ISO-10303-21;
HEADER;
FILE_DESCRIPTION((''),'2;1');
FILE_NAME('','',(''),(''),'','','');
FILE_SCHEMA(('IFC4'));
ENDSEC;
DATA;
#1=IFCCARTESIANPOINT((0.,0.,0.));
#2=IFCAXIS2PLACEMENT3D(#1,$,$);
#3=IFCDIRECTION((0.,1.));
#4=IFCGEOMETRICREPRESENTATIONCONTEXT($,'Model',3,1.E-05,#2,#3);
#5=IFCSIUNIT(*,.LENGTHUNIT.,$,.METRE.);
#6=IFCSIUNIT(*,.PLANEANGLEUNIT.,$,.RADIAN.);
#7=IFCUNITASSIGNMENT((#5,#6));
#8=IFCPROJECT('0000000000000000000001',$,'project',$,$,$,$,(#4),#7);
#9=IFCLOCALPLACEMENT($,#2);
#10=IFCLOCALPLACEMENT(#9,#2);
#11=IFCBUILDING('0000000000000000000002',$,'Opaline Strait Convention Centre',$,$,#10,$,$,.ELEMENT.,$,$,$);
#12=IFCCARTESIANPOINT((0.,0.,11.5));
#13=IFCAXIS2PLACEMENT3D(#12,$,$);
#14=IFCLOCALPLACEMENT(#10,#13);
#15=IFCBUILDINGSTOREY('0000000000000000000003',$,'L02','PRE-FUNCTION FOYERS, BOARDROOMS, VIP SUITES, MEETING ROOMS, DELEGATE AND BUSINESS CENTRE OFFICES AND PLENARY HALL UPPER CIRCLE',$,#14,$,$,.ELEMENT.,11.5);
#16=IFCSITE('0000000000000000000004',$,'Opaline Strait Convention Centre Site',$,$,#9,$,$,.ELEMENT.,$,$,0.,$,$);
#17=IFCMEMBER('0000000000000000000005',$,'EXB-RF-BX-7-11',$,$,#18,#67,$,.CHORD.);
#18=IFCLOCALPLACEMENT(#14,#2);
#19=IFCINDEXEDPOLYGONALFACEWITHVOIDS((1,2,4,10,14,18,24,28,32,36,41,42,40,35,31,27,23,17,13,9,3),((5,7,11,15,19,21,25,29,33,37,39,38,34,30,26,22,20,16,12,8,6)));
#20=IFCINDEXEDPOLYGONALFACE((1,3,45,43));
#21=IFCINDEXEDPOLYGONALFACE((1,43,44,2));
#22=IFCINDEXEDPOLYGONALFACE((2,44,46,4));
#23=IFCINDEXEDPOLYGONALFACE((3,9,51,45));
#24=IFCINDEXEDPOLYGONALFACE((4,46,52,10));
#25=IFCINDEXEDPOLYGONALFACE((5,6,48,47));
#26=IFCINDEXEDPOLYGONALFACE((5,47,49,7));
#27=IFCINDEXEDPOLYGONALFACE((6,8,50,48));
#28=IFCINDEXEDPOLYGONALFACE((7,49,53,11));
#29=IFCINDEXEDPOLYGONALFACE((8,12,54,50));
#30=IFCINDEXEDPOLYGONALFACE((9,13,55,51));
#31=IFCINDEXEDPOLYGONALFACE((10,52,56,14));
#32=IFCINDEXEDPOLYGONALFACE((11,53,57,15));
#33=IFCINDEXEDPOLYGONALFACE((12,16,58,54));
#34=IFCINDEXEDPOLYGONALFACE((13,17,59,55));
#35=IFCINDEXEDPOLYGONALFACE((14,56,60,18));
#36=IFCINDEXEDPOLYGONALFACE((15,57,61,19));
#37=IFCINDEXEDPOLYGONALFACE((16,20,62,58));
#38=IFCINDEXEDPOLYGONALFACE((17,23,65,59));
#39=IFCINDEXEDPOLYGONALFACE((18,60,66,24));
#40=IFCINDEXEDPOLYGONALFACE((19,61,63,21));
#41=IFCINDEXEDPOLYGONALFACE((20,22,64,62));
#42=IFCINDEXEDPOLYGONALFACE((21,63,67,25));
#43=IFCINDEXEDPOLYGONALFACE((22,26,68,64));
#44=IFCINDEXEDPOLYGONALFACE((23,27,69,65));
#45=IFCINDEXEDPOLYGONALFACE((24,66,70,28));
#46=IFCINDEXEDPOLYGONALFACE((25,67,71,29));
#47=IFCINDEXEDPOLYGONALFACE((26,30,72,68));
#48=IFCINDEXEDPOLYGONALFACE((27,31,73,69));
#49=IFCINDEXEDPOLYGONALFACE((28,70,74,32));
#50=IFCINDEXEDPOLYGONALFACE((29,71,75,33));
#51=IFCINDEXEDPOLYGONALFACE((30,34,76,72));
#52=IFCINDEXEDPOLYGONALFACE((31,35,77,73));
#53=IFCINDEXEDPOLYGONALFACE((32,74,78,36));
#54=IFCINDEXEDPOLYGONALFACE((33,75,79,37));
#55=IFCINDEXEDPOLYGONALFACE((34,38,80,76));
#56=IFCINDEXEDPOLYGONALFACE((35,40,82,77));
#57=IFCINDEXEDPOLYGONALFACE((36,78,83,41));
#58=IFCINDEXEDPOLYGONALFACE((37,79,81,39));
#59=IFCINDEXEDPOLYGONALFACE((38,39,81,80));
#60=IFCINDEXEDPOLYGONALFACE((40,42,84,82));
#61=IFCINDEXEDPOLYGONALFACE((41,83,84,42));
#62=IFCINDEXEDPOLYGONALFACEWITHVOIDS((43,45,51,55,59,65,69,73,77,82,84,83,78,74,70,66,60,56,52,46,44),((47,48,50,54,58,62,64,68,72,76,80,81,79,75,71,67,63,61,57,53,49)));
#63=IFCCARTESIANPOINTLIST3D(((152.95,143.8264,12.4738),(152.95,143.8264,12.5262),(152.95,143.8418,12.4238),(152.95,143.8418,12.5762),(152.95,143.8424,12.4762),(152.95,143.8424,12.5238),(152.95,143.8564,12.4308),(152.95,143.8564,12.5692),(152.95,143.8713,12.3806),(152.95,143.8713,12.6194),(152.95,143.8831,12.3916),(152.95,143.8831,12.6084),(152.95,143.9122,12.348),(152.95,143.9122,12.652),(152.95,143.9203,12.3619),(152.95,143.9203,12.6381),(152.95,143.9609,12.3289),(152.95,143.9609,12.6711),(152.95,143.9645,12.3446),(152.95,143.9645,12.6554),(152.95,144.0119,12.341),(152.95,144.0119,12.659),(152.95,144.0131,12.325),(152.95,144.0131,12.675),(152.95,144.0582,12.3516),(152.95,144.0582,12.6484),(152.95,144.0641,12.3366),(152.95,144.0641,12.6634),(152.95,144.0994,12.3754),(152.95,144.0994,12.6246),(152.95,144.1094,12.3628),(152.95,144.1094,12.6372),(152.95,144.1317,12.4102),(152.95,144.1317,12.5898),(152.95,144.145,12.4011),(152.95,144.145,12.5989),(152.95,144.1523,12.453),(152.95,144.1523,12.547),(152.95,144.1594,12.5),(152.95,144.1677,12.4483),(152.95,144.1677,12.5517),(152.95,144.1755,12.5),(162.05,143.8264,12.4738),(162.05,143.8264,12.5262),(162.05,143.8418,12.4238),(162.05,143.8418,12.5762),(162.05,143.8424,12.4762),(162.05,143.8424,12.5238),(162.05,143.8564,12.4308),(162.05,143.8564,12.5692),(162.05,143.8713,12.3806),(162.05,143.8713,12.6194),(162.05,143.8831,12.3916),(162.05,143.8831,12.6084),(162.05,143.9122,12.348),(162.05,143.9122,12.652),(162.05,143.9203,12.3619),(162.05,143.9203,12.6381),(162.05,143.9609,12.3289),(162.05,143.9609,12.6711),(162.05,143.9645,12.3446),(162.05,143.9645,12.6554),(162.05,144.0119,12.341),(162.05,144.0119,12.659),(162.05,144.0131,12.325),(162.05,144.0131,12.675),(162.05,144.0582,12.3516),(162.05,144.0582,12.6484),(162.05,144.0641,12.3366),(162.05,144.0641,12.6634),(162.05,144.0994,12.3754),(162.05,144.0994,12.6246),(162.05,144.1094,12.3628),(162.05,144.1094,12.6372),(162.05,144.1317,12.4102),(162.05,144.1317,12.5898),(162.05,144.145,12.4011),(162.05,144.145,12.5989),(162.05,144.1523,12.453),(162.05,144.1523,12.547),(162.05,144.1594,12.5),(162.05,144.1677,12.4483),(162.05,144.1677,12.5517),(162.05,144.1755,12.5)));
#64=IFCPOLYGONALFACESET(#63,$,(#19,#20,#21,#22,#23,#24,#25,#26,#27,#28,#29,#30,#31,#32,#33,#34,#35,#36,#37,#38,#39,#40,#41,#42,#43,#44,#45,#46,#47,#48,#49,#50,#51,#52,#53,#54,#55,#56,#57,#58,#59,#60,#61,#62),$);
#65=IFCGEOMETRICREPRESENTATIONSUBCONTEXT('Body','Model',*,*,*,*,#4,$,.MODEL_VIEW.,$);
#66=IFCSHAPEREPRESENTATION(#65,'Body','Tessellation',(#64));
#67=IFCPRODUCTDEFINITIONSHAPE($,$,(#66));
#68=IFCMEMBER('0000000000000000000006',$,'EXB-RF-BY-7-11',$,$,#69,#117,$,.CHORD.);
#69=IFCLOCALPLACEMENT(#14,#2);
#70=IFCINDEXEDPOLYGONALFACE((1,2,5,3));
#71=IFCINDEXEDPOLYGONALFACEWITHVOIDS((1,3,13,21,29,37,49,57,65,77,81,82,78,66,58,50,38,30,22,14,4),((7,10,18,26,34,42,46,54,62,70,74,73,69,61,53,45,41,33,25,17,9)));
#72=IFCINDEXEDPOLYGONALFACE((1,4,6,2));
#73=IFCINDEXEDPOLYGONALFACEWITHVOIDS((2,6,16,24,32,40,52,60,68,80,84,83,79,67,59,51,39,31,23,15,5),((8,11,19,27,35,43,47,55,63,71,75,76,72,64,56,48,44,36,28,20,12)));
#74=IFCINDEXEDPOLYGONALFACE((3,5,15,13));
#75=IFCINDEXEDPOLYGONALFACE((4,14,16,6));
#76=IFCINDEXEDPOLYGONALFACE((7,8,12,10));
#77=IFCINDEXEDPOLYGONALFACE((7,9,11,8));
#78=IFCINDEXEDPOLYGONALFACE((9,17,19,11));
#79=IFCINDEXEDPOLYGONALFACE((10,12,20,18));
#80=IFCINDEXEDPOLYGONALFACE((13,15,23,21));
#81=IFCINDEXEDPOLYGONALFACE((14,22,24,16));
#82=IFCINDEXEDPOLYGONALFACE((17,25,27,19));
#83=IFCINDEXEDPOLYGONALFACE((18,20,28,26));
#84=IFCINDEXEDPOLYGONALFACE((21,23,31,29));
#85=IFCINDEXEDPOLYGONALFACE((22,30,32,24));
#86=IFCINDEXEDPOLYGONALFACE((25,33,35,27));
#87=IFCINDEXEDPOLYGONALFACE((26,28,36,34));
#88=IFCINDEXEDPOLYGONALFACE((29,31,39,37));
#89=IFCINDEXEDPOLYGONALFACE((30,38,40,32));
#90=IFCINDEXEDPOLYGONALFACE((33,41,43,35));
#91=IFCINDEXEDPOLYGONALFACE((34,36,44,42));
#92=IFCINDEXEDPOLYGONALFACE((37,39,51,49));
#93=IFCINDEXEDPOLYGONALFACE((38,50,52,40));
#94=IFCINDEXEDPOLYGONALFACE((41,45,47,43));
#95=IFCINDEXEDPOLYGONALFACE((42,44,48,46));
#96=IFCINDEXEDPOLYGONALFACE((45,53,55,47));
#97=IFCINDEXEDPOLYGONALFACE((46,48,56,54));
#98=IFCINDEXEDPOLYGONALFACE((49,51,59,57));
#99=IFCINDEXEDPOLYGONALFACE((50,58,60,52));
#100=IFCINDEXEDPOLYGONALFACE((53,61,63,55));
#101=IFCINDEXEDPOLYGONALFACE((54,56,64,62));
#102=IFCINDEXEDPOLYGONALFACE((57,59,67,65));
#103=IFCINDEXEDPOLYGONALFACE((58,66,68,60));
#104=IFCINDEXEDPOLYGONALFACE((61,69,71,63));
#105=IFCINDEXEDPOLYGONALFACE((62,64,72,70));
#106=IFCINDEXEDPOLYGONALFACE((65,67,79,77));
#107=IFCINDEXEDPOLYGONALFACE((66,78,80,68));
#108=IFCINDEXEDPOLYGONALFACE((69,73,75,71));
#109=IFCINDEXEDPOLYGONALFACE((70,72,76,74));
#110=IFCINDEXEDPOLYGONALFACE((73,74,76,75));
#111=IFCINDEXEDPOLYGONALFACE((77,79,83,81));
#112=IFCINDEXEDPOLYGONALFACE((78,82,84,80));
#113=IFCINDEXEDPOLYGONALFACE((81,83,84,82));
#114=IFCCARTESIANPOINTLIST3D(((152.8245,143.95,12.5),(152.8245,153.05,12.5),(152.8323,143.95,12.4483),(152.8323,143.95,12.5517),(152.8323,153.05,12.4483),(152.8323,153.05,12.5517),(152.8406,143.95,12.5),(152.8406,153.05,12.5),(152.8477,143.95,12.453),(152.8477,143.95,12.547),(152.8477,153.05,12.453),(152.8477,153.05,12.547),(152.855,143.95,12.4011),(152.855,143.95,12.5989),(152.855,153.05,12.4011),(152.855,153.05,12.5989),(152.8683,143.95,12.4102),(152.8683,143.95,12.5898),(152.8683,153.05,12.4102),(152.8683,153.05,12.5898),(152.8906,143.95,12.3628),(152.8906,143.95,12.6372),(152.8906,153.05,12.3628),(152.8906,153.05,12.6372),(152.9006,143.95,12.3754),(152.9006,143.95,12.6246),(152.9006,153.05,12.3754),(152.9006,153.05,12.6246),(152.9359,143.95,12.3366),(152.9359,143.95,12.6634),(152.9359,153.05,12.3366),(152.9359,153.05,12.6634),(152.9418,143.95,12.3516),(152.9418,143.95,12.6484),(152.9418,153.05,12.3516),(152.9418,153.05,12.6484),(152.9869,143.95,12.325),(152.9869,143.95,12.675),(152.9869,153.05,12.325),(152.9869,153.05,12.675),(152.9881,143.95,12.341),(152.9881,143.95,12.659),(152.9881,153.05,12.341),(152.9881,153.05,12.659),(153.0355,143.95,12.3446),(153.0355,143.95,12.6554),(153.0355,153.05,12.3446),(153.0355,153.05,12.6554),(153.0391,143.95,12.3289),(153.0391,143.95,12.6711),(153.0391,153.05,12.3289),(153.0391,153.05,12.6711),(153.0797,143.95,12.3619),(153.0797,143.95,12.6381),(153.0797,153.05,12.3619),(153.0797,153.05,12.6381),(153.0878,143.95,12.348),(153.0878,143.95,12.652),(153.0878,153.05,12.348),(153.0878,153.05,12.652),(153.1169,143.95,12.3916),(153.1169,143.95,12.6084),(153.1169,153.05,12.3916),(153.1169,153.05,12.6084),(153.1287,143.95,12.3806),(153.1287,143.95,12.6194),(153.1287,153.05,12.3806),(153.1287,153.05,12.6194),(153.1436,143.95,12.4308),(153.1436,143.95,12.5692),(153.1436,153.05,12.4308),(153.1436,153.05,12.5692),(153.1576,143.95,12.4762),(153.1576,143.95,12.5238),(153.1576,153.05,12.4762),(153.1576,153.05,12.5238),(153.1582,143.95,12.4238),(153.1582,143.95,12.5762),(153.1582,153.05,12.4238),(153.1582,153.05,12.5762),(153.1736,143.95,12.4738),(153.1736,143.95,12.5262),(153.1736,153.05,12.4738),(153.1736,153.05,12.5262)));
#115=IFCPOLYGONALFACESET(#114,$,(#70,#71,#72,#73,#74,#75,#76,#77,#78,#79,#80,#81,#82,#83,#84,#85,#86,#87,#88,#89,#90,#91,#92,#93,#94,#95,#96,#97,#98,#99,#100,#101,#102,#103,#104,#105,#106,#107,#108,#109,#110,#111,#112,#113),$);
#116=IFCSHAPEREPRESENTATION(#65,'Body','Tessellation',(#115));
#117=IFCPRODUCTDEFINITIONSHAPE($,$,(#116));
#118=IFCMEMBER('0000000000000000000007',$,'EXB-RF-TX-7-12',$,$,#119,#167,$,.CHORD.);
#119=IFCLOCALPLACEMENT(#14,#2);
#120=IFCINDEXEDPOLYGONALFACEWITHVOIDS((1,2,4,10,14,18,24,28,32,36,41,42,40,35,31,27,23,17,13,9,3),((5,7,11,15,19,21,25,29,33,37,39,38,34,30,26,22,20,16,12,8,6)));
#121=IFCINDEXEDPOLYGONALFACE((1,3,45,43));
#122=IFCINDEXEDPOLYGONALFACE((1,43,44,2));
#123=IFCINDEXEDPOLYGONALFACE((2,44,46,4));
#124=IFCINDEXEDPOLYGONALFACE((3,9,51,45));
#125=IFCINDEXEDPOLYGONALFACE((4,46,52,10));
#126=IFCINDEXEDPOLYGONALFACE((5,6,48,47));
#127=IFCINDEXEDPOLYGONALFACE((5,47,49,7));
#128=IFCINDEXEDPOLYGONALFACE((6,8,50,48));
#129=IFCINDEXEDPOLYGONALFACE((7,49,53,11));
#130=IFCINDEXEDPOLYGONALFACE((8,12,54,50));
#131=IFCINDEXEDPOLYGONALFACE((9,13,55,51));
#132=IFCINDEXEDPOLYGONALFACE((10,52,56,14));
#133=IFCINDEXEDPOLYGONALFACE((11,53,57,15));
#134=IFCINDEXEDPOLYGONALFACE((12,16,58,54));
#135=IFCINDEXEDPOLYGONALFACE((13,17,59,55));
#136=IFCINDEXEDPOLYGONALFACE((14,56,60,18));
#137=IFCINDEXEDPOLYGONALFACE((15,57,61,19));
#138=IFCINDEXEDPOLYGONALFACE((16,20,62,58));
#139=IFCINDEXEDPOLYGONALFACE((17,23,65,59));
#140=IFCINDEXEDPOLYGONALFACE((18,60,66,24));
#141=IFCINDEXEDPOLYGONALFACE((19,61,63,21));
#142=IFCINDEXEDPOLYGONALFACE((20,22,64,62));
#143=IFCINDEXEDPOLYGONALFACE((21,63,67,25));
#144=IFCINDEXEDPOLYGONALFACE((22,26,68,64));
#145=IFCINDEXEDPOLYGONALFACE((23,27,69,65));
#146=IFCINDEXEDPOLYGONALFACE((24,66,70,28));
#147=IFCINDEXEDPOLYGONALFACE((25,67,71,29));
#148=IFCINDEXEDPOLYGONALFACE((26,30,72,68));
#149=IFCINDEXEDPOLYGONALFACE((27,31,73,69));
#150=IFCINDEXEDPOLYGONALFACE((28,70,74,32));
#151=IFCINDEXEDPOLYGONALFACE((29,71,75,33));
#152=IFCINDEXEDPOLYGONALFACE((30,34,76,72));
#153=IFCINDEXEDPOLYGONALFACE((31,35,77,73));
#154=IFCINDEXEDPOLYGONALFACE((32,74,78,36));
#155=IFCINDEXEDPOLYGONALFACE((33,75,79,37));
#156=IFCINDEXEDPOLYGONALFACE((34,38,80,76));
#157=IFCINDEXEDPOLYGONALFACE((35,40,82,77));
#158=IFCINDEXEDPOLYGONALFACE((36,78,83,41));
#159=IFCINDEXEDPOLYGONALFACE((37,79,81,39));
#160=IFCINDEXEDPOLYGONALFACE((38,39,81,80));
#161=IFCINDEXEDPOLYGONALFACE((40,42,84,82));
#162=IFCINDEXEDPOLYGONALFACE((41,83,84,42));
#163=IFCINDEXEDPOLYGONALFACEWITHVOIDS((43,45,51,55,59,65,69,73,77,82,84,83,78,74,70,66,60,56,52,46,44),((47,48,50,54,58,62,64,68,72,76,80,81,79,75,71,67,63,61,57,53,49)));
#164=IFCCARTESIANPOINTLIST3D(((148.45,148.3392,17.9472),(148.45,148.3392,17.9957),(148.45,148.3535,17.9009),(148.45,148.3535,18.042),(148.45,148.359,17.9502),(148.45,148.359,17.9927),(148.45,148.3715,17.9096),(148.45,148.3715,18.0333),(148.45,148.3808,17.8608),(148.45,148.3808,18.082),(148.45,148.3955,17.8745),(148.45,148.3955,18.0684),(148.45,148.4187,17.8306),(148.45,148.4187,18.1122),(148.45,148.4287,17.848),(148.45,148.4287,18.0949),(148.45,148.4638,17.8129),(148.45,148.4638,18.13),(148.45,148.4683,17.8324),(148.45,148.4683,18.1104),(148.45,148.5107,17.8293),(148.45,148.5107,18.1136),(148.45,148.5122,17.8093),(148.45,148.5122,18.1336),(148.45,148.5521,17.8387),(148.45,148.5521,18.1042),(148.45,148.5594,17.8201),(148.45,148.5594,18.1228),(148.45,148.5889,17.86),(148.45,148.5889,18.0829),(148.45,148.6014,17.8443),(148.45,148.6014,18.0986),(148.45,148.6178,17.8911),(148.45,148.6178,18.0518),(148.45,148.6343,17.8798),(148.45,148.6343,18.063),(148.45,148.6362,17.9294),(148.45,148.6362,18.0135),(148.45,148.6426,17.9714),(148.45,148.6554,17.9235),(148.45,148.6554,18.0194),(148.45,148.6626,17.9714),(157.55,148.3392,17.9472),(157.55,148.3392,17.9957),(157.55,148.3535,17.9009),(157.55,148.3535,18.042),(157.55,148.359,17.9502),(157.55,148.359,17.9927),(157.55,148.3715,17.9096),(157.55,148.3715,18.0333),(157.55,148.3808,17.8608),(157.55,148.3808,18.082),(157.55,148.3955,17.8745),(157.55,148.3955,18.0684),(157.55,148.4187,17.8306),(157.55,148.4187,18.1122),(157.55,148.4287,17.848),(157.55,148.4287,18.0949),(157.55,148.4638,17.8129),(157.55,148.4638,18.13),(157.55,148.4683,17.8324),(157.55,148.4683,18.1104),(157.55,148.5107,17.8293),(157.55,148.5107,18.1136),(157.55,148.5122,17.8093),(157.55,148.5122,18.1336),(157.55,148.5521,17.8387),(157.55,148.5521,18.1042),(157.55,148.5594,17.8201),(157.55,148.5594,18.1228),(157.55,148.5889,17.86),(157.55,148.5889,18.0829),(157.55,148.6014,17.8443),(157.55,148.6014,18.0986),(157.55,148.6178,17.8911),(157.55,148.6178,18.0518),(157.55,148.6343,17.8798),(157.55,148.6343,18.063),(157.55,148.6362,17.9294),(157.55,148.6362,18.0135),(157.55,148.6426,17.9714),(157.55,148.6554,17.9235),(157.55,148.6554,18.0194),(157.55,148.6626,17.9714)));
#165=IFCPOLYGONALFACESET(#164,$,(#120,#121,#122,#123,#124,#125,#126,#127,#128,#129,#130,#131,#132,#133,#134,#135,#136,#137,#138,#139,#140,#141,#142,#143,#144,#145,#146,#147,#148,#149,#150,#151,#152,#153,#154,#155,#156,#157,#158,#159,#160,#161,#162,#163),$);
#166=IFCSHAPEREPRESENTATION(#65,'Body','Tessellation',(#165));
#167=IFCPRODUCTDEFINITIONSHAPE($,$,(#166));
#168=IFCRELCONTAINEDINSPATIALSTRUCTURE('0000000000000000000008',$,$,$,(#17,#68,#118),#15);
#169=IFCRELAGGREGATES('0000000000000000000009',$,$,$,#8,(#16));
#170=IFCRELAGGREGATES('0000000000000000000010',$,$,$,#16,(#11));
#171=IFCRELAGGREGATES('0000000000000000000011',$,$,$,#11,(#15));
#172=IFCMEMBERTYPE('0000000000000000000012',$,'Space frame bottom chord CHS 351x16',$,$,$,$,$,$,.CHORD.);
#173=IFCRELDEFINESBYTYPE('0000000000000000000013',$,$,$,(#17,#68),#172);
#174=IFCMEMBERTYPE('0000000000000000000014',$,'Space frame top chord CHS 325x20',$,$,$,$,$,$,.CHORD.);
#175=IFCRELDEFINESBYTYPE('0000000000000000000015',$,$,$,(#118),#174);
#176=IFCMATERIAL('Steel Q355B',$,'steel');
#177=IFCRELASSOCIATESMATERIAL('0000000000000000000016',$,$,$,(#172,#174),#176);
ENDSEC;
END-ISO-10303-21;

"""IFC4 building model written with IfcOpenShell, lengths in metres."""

from ifc_helpers import new_model, si_unit, direction, frame, origin, origin_2d, place, context, subcontext, project, spatial, hollow_circle, extrude, material, material_profile, profile_set, type_object, element, save


model = new_model("IFC4")

# Units and contexts
model_context = context("Model", 3, precision=1e-05, world=origin(), true_north=direction((0.0, 1.0)))
body_context = subcontext(model_context, "Body", "Model", "MODEL_VIEW")
ifc_project = project(units=[si_unit("LENGTHUNIT", "METRE"), si_unit("PLANEANGLEUNIT", "RADIAN")], contexts=[model_context])

# Site, building, storey
site_placement = place(None, origin())
site = spatial("IfcSite", under=ifc_project, at=site_placement, Name="Opaline Strait Convention Centre Site", CompositionType="ELEMENT", RefElevation=0.0)
building_placement = place(site_placement, origin())
building = spatial("IfcBuilding", under=site, at=building_placement, Name="Opaline Strait Convention Centre", CompositionType="ELEMENT")
storey_placement = place(building_placement, frame((0.0, 0.0, 11.5)))
storey = spatial("IfcBuildingStorey", under=building, at=storey_placement, Name="L02", Description="PRE-FUNCTION FOYERS, BOARDROOMS, VIP SUITES, MEETING ROOMS, DELEGATE AND BUSINESS CENTRE OFFICES AND PLENARY HALL UPPER CIRCLE", CompositionType="ELEMENT", Elevation=11.5)

# Members
ifc_material_1 = material(Name="Steel Q355B", Category="steel")
ifc_material_profile_1 = material_profile(ifc_material_1, hollow_circle(Radius=0.1755, WallThickness=0.0161, at=origin_2d()), Name="CHS 351x16")
ifc_profile_set_1 = profile_set([ifc_material_profile_1], Name="Steel Q355B")
member_type_1 = type_object("IfcMemberType", Name="Space frame bottom chord CHS 351x16", PredefinedType="CHORD", material=ifc_profile_set_1)
for number, where, z_axis, x_axis, name in (
    (1, (152.95, 144.0, 12.5), (1.0, 0.0, 0.0), (0.0, 1.0, 0.0), "EXB-RF-BX-7-11"),
    (2, (153.0, 143.95, 12.5), (0.0, 1.0, 0.0), (-1.0, 0.0, 0.0), "EXB-RF-BY-7-11"),
):
    element("IfcMember", number, at=place(storey_placement, frame(where, z_axis=z_axis, x_axis=x_axis)), inside=storey, type_object=member_type_1, Name=name, PredefinedType="CHORD", context=body_context, shape_type="SweptSolid", body=[
        extrude(hollow_circle(Radius=0.1755, WallThickness=0.0161, at=origin_2d()), origin(), (0.0, 0.0, 1.0), 9.1001),
    ])
ifc_material_profile_2 = material_profile(ifc_material_1, hollow_circle(Radius=0.1626, WallThickness=0.02, at=origin_2d()), Name="CHS 325x20")
ifc_profile_set_2 = profile_set([ifc_material_profile_2], Name="Steel Q355B")
member_type_2 = type_object("IfcMemberType", Name="Space frame top chord CHS 325x20", PredefinedType="CHORD", material=ifc_profile_set_2)
for number, where, z_axis, x_axis, name in (
    (3, (148.45, 148.5, 17.9714), (1.0, 0.0, 0.0), (0.0, 1.0, 0.0), "EXB-RF-TX-7-12"),
):
    element("IfcMember", number, at=place(storey_placement, frame(where, z_axis=z_axis, x_axis=x_axis)), inside=storey, type_object=member_type_2, Name=name, PredefinedType="CHORD", context=body_context, shape_type="SweptSolid", body=[
        extrude(hollow_circle(Radius=0.1626, WallThickness=0.02, at=origin_2d()), origin(), (0.0, 0.0, 1.0), 9.1001),
    ])

save(model, "model.ifc")
